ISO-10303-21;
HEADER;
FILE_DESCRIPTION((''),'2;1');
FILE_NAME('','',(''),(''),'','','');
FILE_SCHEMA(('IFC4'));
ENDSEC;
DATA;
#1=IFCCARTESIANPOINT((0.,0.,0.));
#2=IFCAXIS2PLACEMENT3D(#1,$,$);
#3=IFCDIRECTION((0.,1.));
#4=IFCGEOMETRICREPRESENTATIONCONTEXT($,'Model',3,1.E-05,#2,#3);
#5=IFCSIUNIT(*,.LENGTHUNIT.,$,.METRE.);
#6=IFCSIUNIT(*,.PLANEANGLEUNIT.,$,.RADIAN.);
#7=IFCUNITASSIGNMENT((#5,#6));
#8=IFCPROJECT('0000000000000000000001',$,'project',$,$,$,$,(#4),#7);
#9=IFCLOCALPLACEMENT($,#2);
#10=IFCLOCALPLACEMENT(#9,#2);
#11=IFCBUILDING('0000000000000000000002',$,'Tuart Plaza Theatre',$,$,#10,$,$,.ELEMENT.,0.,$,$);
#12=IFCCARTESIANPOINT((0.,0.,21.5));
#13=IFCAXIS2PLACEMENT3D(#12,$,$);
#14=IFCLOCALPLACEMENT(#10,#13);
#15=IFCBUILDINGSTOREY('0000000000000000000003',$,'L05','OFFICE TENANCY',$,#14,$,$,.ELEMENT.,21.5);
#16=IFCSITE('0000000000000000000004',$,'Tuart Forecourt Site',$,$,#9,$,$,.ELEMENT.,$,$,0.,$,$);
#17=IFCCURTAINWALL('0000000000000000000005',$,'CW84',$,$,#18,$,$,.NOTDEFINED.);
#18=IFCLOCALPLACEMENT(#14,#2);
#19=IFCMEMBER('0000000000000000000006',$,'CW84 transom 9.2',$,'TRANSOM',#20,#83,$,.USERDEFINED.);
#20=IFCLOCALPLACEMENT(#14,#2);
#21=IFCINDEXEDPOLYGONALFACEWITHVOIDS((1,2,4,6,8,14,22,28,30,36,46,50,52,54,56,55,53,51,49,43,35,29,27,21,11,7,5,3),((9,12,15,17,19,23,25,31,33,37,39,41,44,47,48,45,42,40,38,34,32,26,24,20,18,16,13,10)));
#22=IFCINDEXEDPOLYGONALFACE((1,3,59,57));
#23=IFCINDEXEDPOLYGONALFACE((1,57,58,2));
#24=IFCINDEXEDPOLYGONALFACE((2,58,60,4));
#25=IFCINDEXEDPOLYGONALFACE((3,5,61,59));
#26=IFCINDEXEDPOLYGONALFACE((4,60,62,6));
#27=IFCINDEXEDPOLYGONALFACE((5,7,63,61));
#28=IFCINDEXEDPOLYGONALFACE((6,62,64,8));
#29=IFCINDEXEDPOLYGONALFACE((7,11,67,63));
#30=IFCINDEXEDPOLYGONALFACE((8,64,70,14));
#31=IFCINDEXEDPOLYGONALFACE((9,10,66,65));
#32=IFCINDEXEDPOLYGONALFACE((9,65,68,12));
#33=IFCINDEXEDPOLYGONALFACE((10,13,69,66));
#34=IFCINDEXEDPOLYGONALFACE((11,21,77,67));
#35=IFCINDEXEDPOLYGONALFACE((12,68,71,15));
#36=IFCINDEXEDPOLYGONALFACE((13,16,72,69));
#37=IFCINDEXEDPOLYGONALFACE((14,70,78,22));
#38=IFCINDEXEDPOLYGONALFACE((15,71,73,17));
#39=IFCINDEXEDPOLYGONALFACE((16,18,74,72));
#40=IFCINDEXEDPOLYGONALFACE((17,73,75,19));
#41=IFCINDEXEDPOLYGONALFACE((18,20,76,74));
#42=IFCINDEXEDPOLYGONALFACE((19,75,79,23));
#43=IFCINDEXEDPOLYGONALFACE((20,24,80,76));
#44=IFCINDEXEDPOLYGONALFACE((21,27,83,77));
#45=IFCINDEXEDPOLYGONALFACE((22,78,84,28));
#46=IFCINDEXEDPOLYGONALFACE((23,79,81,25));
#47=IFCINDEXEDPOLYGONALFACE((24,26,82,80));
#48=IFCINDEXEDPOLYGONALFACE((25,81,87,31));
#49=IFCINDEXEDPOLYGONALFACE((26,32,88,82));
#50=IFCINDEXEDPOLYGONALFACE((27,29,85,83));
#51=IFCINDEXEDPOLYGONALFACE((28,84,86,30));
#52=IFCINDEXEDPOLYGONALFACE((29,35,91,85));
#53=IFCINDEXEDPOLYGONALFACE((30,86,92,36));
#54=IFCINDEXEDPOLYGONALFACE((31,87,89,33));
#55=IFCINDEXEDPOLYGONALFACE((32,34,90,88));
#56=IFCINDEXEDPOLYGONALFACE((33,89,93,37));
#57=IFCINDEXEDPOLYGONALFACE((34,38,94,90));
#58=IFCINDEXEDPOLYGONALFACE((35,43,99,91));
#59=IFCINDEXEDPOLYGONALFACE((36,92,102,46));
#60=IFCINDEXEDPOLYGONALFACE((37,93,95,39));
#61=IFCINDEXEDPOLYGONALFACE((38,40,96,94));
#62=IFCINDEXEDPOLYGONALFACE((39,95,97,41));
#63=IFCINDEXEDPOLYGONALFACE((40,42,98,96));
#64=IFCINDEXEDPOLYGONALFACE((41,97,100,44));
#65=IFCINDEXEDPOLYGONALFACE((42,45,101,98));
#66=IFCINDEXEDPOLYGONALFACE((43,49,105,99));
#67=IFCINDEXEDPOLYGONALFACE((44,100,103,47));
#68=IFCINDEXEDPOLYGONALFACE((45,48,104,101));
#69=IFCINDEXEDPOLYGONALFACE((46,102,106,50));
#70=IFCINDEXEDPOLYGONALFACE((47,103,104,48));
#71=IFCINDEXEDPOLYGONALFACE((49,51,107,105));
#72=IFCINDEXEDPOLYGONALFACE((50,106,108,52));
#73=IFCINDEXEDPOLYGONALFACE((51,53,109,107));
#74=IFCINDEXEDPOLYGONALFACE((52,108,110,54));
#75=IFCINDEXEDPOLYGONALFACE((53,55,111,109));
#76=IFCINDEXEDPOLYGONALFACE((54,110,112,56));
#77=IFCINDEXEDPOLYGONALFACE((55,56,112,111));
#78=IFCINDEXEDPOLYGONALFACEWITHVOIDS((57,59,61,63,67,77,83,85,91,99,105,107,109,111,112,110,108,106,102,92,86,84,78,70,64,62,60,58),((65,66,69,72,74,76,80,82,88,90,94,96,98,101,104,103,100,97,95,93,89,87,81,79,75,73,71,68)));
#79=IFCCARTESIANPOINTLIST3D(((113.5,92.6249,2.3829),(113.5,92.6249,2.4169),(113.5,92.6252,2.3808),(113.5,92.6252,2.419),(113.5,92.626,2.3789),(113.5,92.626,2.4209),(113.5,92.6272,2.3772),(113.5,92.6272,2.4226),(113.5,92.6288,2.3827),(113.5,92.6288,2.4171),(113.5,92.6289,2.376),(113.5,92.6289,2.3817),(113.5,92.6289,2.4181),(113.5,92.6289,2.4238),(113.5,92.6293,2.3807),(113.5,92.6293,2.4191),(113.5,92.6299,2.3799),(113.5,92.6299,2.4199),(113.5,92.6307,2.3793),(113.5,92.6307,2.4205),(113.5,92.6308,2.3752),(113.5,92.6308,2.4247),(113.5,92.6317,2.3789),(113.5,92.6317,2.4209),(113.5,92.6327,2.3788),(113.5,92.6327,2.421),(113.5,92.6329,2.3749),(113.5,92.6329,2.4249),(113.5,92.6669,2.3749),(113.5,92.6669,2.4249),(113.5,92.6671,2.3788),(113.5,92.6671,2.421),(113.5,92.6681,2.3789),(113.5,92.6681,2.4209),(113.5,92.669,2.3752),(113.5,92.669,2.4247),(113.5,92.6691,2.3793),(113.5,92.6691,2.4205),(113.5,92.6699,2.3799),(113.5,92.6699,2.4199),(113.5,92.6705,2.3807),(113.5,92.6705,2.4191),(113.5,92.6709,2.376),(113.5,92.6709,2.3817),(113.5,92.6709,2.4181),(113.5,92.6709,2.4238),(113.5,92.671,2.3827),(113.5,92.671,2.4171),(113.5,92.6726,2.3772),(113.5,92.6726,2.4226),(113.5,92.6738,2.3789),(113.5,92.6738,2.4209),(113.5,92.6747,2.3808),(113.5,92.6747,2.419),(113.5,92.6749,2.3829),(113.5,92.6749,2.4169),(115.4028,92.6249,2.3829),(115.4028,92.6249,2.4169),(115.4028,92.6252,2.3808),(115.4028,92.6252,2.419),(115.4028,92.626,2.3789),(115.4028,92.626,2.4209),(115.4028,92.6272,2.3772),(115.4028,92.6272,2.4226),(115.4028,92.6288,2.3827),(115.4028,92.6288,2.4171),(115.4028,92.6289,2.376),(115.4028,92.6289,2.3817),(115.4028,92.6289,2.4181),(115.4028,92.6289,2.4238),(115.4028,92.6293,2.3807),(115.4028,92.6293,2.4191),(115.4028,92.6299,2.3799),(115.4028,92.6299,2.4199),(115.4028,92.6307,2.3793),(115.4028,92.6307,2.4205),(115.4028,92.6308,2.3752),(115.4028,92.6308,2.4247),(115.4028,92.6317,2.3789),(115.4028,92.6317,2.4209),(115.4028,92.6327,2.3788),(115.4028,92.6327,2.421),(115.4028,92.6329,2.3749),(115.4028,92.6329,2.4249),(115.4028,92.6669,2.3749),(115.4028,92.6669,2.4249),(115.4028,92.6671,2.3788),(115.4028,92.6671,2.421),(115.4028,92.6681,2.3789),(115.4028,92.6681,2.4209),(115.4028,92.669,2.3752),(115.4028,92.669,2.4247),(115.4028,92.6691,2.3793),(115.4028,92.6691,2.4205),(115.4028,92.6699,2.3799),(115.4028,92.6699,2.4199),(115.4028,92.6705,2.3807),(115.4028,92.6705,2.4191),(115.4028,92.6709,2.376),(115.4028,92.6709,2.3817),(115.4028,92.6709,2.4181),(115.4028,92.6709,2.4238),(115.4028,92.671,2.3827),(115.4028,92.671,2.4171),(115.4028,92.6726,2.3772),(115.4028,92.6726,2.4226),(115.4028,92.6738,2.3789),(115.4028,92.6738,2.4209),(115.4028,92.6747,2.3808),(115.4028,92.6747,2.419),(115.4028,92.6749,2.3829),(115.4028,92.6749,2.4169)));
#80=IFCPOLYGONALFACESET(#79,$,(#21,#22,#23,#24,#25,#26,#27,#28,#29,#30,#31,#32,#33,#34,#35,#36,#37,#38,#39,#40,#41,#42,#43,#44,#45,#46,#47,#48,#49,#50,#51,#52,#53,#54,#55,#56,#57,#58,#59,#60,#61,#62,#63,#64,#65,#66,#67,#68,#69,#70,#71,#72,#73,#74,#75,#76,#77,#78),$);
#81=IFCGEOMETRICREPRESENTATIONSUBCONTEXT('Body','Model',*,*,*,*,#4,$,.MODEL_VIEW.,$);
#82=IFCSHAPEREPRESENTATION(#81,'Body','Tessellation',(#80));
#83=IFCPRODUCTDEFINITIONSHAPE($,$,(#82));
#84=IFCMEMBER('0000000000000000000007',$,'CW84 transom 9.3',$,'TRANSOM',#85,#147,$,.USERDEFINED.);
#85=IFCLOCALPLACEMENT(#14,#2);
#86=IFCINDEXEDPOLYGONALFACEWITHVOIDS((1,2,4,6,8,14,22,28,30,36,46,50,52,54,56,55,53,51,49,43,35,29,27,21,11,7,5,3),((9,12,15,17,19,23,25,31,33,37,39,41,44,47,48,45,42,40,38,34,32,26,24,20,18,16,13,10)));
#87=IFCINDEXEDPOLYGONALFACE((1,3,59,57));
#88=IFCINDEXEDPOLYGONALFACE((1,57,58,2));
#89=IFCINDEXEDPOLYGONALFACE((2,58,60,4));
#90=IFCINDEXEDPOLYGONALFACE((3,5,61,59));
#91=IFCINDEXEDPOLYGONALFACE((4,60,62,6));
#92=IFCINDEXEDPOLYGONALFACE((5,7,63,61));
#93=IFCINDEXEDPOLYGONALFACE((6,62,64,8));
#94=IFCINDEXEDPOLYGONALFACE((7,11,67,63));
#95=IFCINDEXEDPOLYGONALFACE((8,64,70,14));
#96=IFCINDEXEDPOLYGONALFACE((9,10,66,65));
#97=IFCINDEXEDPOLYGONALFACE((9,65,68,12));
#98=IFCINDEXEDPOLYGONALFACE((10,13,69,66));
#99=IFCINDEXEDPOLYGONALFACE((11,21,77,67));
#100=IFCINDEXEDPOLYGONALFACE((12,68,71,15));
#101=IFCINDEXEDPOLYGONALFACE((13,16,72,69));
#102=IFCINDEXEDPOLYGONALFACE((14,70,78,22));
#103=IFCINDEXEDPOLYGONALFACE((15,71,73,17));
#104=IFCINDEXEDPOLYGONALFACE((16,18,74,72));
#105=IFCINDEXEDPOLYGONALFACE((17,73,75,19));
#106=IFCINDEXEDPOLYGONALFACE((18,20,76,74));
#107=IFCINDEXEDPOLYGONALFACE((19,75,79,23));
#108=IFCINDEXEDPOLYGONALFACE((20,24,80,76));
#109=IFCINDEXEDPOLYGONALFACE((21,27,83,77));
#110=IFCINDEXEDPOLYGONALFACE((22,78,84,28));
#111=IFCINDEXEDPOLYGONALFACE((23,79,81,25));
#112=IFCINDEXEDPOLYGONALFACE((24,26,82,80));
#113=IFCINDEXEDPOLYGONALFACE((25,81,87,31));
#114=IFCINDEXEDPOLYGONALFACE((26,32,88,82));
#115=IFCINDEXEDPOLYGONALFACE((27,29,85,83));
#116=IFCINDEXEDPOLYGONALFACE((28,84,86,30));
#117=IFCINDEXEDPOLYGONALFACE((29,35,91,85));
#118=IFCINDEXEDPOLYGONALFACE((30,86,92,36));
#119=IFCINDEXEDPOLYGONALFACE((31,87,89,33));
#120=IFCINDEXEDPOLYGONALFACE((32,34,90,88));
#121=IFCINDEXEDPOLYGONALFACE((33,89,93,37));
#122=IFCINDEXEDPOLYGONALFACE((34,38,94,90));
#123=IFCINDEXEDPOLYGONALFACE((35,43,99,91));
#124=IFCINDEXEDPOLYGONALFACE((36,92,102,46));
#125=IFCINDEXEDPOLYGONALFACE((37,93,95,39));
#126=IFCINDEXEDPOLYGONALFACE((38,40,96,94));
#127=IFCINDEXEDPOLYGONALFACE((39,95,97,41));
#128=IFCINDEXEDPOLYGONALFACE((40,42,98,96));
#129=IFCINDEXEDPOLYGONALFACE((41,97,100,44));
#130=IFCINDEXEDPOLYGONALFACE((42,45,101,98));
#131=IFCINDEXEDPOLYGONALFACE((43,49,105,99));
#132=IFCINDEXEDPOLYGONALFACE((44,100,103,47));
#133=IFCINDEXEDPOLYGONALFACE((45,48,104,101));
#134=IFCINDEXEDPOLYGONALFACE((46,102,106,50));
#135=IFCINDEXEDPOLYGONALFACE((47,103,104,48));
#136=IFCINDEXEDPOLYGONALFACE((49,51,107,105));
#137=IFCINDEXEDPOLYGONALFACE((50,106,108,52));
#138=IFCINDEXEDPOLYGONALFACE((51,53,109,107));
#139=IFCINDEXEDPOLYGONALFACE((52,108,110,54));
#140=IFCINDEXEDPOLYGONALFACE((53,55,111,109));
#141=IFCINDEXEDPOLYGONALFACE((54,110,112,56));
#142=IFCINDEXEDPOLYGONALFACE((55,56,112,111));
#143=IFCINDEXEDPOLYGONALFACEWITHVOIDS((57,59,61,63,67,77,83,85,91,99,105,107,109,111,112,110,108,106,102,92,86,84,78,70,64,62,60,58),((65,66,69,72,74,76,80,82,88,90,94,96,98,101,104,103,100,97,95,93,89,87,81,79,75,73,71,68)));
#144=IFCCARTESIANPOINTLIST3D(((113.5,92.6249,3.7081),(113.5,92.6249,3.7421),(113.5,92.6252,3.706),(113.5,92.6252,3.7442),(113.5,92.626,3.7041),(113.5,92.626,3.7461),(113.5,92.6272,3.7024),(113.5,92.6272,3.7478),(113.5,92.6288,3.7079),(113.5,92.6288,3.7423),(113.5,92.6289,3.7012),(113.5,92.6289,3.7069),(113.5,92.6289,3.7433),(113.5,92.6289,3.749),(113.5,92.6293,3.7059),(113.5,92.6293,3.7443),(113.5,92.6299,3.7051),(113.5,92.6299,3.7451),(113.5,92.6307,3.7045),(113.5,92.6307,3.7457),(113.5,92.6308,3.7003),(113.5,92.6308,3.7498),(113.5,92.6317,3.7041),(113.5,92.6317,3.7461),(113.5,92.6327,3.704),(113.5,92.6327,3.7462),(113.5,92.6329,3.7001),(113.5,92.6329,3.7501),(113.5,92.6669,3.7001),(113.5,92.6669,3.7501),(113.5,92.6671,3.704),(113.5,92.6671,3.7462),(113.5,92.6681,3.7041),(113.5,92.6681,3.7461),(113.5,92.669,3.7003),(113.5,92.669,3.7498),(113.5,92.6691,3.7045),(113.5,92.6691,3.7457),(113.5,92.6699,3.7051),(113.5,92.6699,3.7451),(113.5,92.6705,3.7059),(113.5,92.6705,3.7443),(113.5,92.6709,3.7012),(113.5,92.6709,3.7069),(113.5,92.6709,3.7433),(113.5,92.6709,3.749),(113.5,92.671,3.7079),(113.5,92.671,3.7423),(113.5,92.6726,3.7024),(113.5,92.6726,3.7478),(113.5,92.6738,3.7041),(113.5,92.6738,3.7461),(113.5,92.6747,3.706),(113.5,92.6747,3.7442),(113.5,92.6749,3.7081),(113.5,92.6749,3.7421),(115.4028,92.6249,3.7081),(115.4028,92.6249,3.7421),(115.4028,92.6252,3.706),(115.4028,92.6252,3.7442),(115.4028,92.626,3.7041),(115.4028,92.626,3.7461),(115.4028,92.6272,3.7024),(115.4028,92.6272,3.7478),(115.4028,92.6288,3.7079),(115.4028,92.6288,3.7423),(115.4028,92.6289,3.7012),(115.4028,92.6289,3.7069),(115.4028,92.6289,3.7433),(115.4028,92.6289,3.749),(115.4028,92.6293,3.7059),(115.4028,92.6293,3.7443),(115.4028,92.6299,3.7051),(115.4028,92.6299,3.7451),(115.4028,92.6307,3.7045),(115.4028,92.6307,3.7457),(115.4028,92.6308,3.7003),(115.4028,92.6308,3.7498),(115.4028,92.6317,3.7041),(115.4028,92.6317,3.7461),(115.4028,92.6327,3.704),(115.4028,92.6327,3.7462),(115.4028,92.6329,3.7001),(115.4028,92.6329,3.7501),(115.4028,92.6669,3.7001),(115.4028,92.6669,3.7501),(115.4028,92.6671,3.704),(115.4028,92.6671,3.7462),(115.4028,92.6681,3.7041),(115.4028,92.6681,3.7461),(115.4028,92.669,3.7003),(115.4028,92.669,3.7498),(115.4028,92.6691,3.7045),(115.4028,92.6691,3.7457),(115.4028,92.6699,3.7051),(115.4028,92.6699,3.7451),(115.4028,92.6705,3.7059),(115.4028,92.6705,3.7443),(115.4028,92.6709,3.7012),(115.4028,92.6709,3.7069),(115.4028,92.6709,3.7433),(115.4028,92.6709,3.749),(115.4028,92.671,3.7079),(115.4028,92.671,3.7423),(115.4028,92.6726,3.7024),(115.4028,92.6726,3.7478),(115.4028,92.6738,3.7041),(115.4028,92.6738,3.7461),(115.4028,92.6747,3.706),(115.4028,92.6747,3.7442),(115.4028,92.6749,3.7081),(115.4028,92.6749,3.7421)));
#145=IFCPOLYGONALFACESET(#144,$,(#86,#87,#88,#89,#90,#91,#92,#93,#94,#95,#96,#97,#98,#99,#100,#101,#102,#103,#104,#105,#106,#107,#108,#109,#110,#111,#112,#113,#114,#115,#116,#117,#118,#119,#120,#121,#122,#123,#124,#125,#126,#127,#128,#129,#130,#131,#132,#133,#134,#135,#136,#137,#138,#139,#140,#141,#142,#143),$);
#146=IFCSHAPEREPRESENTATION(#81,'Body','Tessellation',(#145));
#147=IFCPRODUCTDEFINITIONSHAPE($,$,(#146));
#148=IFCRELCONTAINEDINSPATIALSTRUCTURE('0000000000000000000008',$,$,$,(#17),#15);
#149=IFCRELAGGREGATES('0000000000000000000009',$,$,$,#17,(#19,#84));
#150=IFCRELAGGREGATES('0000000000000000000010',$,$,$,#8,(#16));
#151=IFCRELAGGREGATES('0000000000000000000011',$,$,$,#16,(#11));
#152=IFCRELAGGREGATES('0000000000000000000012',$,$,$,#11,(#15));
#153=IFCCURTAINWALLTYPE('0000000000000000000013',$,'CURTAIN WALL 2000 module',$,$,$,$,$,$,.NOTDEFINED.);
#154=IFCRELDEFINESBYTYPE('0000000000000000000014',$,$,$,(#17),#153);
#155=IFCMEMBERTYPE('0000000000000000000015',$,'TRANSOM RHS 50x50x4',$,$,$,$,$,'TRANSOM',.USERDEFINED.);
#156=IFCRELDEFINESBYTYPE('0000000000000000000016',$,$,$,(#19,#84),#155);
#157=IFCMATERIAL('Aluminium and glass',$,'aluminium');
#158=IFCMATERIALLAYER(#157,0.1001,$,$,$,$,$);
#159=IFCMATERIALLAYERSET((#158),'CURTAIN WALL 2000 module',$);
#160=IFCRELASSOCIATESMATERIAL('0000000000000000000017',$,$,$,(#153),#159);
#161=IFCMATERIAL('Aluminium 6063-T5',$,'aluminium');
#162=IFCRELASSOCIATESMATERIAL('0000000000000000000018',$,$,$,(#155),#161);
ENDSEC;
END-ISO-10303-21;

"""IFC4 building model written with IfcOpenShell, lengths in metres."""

from ifc_helpers import new_model, si_unit, direction, frame, origin, origin_2d, place, context, subcontext, project, spatial, hollow_rectangle, extrude, material, layer, layer_set, material_profile, profile_set, type_object, element, aggregate, save


model = new_model("IFC4")

# Units and contexts
model_context = context("Model", 3, precision=1e-05, world=origin(), true_north=direction((0.0, 1.0)))
body_context = subcontext(model_context, "Body", "Model", "MODEL_VIEW")
ifc_project = project(units=[si_unit("LENGTHUNIT", "METRE"), si_unit("PLANEANGLEUNIT", "RADIAN")], contexts=[model_context])

# Site, building, storey
site_placement = place(None, origin())
site = spatial("IfcSite", under=ifc_project, at=site_placement, Name="Tuart Forecourt Site", CompositionType="ELEMENT", RefElevation=0.0)
building_placement = place(site_placement, origin())
building = spatial("IfcBuilding", under=site, at=building_placement, Name="Tuart Plaza Theatre", CompositionType="ELEMENT", ElevationOfRefHeight=0.0)
storey_placement = place(building_placement, frame((0.0, 0.0, 21.5)))
storey = spatial("IfcBuildingStorey", under=building, at=storey_placement, Name="L05", Description="OFFICE TENANCY", CompositionType="ELEMENT", Elevation=21.5)

# Curtain wall
ifc_material_1 = material(Name="Aluminium and glass", Category="aluminium")
ifc_layer_1 = layer(ifc_material_1, 0.1001)
ifc_layer_set_1 = layer_set([ifc_layer_1], Name="CURTAIN WALL 2000 module")
curtain_wall_type = type_object("IfcCurtainWallType", Name="CURTAIN WALL 2000 module", PredefinedType="NOTDEFINED", material=ifc_layer_set_1)
curtain_wall_1_placement = place(storey_placement, origin())
curtain_wall_1 = element("IfcCurtainWall", 1, at=curtain_wall_1_placement, inside=storey, type_object=curtain_wall_type, Name="CW84", PredefinedType="NOTDEFINED")

# Members
ifc_material_2 = material(Name="Aluminium 6063-T5", Category="aluminium")
ifc_material_profile_1 = material_profile(ifc_material_2, hollow_rectangle(XDim=0.05, YDim=0.05, WallThickness=0.0039, InnerFilletRadius=0.0039, OuterFilletRadius=0.0081, at=origin_2d()), Name="RHS 50x50x4")
ifc_profile_set_1 = profile_set([ifc_material_profile_1], Name="Aluminium 6063-T5")
member_type_1 = type_object("IfcMemberType", Name="TRANSOM RHS 50x50x4", ElementType="TRANSOM", PredefinedType="USERDEFINED", material=ifc_profile_set_1)
member_1_placement = place(storey_placement, frame((115.4028, 92.6499, 2.3999), z_axis=(-1.0, 0.0, 0.0), x_axis=(0.0, -1.0, 0.0)))
member_1 = element("IfcMember", 2, at=member_1_placement, type_object=member_type_1, Name="CW84 transom 9.2", ObjectType="TRANSOM", PredefinedType="USERDEFINED", context=body_context, shape_type="SweptSolid", body=[
    extrude(hollow_rectangle(XDim=0.05, YDim=0.05, WallThickness=0.0039, InnerFilletRadius=0.0039, OuterFilletRadius=0.0081, at=origin_2d()), origin(), (0.0, 0.0, 1.0), 1.9028),
])
member_2_placement = place(storey_placement, frame((115.4028, 92.6499, 3.7251), z_axis=(-1.0, 0.0, 0.0), x_axis=(0.0, -1.0, 0.0)))
member_2 = element("IfcMember", 3, at=member_2_placement, type_object=member_type_1, Name="CW84 transom 9.3", ObjectType="TRANSOM", PredefinedType="USERDEFINED", context=body_context, shape_type="SweptSolid", body=[
    extrude(hollow_rectangle(XDim=0.05, YDim=0.05, WallThickness=0.0039, InnerFilletRadius=0.0039, OuterFilletRadius=0.0081, at=origin_2d()), origin(), (0.0, 0.0, 1.0), 1.9028),
])

aggregate(curtain_wall_1, [member_1, member_2])

save(model, "model.ifc")
